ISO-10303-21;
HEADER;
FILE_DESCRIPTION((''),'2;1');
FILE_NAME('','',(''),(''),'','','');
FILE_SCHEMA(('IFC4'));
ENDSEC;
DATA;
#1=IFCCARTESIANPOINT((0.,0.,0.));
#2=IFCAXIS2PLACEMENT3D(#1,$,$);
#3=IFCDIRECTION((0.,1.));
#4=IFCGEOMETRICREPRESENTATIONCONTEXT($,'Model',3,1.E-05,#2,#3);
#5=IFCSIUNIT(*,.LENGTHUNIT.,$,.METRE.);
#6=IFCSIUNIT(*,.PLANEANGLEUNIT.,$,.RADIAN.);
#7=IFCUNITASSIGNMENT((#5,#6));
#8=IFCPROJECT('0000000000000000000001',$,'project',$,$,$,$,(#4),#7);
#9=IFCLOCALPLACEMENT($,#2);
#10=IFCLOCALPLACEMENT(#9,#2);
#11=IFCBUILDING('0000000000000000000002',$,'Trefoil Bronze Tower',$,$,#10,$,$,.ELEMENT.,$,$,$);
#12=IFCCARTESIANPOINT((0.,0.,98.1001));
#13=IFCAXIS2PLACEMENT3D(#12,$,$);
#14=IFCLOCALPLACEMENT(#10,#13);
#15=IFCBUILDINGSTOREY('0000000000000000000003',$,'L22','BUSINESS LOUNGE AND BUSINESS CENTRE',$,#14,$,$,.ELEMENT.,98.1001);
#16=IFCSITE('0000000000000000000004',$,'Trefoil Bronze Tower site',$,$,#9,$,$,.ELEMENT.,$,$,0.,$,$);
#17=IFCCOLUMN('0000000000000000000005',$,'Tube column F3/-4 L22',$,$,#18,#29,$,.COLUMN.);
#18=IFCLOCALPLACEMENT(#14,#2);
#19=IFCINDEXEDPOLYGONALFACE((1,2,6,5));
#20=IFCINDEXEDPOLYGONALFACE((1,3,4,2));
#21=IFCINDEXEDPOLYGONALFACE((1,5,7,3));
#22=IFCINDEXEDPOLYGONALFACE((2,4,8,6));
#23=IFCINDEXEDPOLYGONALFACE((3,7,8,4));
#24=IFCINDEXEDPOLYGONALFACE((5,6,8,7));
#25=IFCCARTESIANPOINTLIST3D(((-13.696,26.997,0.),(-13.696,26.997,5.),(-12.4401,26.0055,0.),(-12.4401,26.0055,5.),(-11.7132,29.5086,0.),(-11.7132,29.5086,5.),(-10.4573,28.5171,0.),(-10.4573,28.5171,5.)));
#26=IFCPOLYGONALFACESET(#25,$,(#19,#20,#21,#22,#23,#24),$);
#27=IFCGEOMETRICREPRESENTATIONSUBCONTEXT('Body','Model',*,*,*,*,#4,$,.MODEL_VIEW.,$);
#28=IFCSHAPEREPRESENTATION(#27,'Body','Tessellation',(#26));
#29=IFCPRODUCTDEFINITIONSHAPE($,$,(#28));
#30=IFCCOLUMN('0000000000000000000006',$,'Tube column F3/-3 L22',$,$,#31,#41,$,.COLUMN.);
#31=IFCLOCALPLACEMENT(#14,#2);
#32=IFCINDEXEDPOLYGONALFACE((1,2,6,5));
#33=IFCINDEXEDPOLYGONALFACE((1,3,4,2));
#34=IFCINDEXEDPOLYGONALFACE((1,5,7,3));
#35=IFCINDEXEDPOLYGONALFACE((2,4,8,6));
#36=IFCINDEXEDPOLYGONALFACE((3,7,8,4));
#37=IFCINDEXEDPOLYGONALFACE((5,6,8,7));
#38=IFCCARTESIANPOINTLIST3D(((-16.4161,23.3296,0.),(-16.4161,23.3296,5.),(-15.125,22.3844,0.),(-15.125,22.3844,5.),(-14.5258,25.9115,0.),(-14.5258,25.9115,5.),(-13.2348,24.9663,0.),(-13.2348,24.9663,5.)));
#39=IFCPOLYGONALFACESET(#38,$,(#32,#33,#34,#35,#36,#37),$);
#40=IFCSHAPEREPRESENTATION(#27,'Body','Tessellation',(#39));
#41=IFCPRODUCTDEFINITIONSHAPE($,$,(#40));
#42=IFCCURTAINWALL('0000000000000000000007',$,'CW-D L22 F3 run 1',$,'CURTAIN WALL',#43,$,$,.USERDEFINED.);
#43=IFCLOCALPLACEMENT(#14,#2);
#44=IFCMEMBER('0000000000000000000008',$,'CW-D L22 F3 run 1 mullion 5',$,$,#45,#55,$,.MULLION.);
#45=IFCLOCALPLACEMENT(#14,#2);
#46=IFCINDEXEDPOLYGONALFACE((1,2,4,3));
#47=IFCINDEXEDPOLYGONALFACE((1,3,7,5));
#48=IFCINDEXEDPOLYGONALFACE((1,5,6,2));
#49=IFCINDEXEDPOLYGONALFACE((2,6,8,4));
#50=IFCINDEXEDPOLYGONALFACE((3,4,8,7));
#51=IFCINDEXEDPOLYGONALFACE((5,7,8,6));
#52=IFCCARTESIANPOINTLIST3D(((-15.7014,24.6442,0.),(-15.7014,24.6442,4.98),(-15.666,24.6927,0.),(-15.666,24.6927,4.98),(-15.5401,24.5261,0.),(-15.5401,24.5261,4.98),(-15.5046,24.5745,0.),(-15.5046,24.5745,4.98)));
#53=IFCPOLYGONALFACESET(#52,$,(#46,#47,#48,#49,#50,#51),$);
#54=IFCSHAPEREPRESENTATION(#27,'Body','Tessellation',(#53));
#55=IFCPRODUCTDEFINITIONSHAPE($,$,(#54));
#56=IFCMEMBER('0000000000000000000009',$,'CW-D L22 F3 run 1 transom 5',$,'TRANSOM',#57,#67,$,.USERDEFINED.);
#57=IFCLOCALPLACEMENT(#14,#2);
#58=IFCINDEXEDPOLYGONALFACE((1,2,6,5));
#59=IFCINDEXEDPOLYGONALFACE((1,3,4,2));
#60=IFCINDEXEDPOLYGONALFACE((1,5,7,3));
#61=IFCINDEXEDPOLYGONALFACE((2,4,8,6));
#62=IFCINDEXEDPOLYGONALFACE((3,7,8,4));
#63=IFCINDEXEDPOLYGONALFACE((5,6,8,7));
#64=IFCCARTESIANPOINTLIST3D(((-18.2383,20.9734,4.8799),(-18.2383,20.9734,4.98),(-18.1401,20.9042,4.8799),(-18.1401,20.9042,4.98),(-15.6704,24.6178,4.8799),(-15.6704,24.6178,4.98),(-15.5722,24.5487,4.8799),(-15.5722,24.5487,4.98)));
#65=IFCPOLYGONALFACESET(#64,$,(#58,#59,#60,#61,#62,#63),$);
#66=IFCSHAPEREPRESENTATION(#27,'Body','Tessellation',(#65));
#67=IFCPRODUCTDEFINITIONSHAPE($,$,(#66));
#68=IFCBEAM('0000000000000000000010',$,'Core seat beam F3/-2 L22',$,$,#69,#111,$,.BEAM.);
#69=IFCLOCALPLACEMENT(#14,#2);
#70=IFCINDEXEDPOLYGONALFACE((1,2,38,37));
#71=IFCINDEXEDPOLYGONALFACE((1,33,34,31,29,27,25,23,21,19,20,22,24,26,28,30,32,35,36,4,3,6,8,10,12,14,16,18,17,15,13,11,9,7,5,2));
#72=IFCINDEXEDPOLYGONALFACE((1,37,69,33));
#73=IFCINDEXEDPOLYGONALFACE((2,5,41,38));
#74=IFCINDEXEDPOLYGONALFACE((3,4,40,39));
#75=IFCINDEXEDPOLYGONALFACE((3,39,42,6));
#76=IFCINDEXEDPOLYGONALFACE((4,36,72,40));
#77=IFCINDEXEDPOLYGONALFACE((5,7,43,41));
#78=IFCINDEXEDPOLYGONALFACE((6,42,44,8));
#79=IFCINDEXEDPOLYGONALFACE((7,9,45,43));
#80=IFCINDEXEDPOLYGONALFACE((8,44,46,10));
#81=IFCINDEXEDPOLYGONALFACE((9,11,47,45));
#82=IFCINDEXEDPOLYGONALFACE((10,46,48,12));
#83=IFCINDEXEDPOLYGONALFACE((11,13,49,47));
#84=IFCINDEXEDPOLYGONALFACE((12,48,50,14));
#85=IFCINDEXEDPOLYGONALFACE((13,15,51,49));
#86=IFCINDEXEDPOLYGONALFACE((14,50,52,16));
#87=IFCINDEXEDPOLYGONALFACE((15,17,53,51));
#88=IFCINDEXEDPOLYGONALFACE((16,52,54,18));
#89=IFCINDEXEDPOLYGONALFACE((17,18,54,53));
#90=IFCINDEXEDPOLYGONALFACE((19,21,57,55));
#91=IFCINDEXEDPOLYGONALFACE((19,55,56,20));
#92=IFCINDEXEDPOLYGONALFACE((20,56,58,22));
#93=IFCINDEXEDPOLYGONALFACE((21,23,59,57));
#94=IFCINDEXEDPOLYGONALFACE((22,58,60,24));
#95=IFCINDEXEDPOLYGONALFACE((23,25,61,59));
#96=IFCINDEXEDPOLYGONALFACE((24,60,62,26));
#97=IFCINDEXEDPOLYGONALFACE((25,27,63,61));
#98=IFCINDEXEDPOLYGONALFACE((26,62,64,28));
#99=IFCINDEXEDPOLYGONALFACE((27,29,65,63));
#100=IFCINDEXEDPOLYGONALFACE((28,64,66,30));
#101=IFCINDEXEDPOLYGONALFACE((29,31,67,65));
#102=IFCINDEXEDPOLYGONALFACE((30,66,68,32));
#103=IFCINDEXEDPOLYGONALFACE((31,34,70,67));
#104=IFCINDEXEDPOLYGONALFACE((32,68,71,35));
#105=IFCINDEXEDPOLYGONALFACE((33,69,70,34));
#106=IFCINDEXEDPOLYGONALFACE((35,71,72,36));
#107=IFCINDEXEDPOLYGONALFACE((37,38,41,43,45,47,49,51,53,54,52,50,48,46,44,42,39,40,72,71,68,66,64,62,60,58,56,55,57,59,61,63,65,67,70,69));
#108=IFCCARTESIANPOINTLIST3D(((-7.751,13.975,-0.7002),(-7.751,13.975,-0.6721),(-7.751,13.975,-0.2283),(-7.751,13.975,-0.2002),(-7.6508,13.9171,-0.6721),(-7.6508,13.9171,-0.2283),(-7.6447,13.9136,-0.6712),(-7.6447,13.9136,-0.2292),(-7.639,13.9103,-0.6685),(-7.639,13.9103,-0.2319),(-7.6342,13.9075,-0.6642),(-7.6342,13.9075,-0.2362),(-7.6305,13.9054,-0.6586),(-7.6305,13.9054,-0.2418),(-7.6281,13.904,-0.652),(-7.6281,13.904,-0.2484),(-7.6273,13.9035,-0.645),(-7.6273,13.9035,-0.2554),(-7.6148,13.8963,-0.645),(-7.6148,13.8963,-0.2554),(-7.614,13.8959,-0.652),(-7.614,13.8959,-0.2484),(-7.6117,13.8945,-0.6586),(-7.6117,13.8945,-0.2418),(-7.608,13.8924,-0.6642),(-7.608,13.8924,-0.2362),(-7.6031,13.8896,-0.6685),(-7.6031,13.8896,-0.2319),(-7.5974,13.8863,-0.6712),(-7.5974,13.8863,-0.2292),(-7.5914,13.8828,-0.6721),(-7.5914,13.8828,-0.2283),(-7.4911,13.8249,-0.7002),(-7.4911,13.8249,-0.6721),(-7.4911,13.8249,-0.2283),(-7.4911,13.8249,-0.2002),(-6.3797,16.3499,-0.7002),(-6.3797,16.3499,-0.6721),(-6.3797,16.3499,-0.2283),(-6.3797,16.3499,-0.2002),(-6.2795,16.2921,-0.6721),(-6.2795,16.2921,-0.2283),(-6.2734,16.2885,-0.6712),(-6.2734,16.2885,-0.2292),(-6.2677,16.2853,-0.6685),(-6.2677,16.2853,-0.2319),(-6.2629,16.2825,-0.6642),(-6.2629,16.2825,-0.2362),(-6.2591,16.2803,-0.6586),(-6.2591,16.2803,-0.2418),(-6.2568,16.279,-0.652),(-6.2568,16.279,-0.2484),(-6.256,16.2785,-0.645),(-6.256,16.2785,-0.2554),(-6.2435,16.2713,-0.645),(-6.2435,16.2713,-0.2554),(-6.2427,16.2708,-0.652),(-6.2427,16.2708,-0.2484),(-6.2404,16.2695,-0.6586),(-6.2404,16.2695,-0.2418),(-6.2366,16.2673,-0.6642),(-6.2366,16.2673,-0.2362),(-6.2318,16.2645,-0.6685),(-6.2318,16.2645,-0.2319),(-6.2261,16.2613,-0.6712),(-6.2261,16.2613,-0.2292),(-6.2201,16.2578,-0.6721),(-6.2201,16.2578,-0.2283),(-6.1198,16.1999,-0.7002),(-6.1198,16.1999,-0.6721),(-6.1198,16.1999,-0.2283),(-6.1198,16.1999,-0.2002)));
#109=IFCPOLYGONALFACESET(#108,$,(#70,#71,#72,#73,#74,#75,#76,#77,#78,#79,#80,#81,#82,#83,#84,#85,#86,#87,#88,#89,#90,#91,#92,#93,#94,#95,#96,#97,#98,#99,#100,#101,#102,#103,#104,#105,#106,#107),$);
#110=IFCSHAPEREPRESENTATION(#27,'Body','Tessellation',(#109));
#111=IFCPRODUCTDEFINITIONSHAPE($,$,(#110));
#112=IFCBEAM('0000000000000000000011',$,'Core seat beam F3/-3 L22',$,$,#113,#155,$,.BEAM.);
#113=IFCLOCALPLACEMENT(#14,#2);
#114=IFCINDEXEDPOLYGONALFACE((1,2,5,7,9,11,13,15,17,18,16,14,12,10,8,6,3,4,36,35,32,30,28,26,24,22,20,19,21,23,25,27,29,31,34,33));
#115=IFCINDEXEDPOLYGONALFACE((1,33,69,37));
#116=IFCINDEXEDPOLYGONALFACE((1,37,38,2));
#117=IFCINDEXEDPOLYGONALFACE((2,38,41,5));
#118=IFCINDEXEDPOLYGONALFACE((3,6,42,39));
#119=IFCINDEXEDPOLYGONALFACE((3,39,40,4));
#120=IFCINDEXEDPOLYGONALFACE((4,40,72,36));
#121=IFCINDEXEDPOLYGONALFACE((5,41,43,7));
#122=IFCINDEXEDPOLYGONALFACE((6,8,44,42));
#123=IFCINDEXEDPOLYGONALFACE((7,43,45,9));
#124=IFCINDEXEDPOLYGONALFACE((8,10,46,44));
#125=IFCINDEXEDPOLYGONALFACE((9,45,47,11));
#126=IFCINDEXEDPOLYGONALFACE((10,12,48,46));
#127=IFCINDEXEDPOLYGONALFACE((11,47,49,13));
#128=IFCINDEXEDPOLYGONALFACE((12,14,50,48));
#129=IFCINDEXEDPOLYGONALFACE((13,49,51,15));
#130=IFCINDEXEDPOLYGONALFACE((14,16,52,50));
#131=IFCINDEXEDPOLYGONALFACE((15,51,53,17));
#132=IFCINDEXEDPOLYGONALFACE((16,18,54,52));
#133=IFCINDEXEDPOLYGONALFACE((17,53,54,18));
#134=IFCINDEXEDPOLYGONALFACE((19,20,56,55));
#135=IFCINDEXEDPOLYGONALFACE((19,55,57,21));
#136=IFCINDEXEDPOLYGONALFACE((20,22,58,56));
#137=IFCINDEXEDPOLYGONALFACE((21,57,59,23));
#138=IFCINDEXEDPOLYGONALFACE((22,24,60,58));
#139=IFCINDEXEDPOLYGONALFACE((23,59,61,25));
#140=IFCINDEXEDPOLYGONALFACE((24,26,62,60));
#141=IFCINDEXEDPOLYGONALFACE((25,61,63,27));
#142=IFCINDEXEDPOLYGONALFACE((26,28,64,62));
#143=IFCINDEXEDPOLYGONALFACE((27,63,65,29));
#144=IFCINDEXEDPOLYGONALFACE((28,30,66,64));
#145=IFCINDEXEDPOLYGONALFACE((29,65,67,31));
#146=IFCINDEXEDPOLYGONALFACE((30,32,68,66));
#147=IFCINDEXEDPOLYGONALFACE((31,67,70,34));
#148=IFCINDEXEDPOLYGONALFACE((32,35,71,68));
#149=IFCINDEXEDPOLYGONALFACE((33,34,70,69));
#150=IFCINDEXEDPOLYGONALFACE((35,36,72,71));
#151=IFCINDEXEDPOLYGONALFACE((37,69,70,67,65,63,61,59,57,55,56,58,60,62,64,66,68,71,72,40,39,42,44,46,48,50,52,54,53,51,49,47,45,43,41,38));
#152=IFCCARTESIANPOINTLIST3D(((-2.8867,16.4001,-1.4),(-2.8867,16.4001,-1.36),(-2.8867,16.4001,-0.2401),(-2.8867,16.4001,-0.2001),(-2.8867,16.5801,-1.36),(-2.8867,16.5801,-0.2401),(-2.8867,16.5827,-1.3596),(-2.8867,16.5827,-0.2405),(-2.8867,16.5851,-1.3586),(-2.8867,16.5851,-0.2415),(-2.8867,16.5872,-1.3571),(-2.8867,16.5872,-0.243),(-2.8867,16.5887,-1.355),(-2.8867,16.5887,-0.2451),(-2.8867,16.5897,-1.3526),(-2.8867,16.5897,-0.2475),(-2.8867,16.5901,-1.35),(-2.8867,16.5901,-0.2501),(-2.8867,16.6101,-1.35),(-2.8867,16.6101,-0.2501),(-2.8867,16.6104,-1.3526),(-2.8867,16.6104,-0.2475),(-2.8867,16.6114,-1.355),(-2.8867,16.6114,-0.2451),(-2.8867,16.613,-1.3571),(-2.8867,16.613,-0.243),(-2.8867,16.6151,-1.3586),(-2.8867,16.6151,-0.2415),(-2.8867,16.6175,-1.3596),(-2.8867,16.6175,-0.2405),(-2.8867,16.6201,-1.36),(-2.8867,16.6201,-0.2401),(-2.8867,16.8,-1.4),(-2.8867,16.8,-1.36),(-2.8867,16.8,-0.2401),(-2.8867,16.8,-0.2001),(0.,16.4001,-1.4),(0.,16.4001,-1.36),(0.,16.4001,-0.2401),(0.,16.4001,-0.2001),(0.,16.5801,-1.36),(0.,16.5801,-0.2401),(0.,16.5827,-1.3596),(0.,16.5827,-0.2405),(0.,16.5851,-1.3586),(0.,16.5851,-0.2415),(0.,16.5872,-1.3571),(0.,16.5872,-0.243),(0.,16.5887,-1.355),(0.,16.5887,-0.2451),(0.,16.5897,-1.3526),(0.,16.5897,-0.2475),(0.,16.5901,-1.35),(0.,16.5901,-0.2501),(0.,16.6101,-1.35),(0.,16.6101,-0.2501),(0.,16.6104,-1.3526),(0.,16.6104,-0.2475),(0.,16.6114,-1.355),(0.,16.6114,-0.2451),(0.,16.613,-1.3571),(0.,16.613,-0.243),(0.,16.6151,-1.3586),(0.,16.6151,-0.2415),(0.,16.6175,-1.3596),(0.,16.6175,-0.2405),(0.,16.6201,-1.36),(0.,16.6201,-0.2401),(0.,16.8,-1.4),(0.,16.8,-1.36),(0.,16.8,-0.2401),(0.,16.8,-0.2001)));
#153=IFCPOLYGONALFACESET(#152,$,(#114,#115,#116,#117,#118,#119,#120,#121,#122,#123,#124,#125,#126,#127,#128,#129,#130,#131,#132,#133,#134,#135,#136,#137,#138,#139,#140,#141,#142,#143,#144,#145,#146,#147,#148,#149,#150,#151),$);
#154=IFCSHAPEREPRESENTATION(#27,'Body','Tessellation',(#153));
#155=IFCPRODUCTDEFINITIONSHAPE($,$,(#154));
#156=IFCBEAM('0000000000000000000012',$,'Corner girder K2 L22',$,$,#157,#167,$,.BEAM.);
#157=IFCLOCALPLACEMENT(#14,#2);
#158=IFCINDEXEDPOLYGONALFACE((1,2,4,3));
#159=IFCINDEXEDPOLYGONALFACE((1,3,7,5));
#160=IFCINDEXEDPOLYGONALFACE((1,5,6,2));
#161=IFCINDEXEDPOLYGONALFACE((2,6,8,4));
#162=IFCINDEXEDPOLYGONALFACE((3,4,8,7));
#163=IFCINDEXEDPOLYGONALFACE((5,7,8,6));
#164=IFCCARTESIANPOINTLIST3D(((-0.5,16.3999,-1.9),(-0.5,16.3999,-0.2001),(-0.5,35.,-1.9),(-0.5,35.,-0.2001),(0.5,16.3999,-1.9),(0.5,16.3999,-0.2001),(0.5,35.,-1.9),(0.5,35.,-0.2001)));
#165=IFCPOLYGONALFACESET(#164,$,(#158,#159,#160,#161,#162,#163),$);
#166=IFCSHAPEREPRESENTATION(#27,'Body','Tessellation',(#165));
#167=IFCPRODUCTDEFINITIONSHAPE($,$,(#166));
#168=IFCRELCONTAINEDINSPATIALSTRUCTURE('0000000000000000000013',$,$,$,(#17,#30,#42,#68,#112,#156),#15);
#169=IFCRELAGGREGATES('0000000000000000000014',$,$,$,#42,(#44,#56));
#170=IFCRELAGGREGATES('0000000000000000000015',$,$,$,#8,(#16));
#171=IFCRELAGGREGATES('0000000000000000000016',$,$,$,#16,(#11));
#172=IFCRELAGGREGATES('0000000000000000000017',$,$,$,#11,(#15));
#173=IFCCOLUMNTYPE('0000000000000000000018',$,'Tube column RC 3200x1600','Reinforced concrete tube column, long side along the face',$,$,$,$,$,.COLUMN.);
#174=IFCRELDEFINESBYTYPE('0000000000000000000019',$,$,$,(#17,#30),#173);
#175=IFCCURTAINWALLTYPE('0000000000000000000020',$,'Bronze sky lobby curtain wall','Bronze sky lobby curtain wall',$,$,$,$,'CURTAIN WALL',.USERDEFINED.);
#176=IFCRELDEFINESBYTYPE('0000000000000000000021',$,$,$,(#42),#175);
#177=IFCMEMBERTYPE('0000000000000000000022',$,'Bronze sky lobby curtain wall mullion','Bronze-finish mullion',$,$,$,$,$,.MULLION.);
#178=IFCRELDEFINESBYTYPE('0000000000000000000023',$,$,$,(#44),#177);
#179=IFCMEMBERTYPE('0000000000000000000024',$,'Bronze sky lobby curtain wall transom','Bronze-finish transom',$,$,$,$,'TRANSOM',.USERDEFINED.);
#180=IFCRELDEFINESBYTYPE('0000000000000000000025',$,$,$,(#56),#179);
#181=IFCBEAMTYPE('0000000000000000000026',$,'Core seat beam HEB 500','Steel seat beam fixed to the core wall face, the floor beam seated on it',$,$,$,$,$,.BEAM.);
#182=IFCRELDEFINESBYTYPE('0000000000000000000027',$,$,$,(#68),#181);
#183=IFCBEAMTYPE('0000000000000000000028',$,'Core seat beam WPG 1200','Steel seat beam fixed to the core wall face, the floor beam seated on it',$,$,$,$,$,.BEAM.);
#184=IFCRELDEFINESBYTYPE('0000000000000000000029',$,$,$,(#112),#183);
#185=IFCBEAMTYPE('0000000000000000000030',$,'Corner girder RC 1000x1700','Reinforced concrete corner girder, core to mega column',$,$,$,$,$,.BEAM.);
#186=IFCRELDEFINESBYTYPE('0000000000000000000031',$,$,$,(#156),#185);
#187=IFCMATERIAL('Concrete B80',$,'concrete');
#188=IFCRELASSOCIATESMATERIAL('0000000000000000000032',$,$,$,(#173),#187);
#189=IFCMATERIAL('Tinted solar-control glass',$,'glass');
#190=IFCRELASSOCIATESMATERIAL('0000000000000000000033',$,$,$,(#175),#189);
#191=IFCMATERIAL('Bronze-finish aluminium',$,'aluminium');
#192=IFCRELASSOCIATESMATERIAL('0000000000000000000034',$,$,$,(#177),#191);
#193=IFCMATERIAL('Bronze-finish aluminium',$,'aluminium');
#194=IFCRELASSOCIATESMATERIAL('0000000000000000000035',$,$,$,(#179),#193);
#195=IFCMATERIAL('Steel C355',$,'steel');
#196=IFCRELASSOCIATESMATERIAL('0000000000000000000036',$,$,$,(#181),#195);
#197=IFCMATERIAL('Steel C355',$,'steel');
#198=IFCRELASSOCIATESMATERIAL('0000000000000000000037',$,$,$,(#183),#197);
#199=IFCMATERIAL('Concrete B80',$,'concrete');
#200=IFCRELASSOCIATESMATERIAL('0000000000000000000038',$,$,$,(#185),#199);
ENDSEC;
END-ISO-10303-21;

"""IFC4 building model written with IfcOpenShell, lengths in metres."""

from ifc_helpers import new_model, si_unit, direction, frame, origin, origin_2d, place, context, subcontext, project, spatial, rectangle, i_section, extrude, material, material_profile, profile_set, type_object, element, aggregate, save


model = new_model("IFC4")

# Units and contexts
model_context = context("Model", 3, precision=1e-05, world=origin(), true_north=direction((0.0, 1.0)))
body_context = subcontext(model_context, "Body", "Model", "MODEL_VIEW")
ifc_project = project(units=[si_unit("LENGTHUNIT", "METRE"), si_unit("PLANEANGLEUNIT", "RADIAN")], contexts=[model_context])

# Site, building, storey
site_placement = place(None, origin())
site = spatial("IfcSite", under=ifc_project, at=site_placement, Name="Trefoil Bronze Tower site", CompositionType="ELEMENT", RefElevation=0.0)
building_placement = place(site_placement, origin())
building = spatial("IfcBuilding", under=site, at=building_placement, Name="Trefoil Bronze Tower", CompositionType="ELEMENT")
storey_placement = place(building_placement, frame((0.0, 0.0, 98.1001)))
storey = spatial("IfcBuildingStorey", under=building, at=storey_placement, Name="L22", Description="BUSINESS LOUNGE AND BUSINESS CENTRE", CompositionType="ELEMENT", Elevation=98.1001)

# Columns
ifc_material_1 = material(Name="Concrete B80", Category="concrete")
ifc_material_profile_1 = material_profile(ifc_material_1, rectangle(XDim=3.2, YDim=1.6001, at=origin_2d()), Name="RC 3200x1600")
ifc_profile_set_1 = profile_set([ifc_material_profile_1], Name="Concrete B80")
column_type = type_object("IfcColumnType", Name="Tube column RC 3200x1600", Description="Reinforced concrete tube column, long side along the face", PredefinedType="COLUMN", material=ifc_profile_set_1)
for number, where, z_axis, x_axis, name in (
    (1, (-12.0767, 27.7571, 0.0), (0.0, 0.0, 1.0), (-0.619649, -0.784879, 0.0), "Tube column F3/-4 L22"),
    (2, (-14.8254, 24.1479, 0.0), (0.0, 0.0, 1.0), (-0.590723, -0.806875, 0.0), "Tube column F3/-3 L22"),
):
    element("IfcColumn", number, at=place(storey_placement, frame(where, z_axis=z_axis, x_axis=x_axis)), inside=storey, type_object=column_type, Name=name, PredefinedType="COLUMN", context=body_context, shape_type="SweptSolid", body=[
        extrude(rectangle(XDim=3.2, YDim=1.6001, at=origin_2d()), origin(), (0.0, 0.0, 1.0), 5.0),
    ])

# Curtain wall, members
ifc_material_2 = material(Name="Tinted solar-control glass", Category="glass")
curtain_wall_type = type_object("IfcCurtainWallType", Name="Bronze sky lobby curtain wall", Description="Bronze sky lobby curtain wall", ElementType="CURTAIN WALL", PredefinedType="USERDEFINED", material=ifc_material_2)
curtain_wall_placement = place(storey_placement, origin())
curtain_wall = element("IfcCurtainWall", 3, at=curtain_wall_placement, inside=storey, type_object=curtain_wall_type, Name="CW-D L22 F3 run 1", ObjectType="CURTAIN WALL", PredefinedType="USERDEFINED")
ifc_material_3 = material(Name="Bronze-finish aluminium", Category="aluminium")
ifc_material_profile_2 = material_profile(ifc_material_3, rectangle(XDim=0.2, YDim=0.0601, at=origin_2d()), Name="CW-D mullion")
ifc_profile_set_2 = profile_set([ifc_material_profile_2], Name="Bronze-finish aluminium")
member_type_1 = type_object("IfcMemberType", Name="Bronze sky lobby curtain wall mullion", Description="Bronze-finish mullion", PredefinedType="MULLION", material=ifc_profile_set_2)
member_1_placement = place(storey_placement, frame((-15.603, 24.6094, 0.0), z_axis=(0.0, 0.0, 1.0), x_axis=(0.806875, -0.590723, 0.0)))
member_1 = element("IfcMember", 4, at=member_1_placement, type_object=member_type_1, Name="CW-D L22 F3 run 1 mullion 5", PredefinedType="MULLION", context=body_context, shape_type="SweptSolid", body=[
    extrude(rectangle(XDim=0.2, YDim=0.0601, at=origin_2d()), origin(), (0.0, 0.0, 1.0), 4.98),
])
ifc_material_4 = material(Name="Bronze-finish aluminium", Category="aluminium")
ifc_material_profile_3 = material_profile(ifc_material_4, rectangle(XDim=0.1201, YDim=0.1001, at=origin_2d()), Name="CW-D transom")
ifc_profile_set_3 = profile_set([ifc_material_profile_3], Name="Bronze-finish aluminium")
member_type_2 = type_object("IfcMemberType", Name="Bronze sky lobby curtain wall transom", Description="Bronze-finish transom", ElementType="TRANSOM", PredefinedType="USERDEFINED", material=ifc_profile_set_3)
member_2_placement = place(storey_placement, frame((-15.6213, 24.5833, 4.9299), z_axis=(-0.575973, -0.817468, 0.0), x_axis=(0.817468, -0.575973, 0.0)))
member_2 = element("IfcMember", 5, at=member_2_placement, type_object=member_type_2, Name="CW-D L22 F3 run 1 transom 5", ObjectType="TRANSOM", PredefinedType="USERDEFINED", context=body_context, shape_type="SweptSolid", body=[
    extrude(rectangle(XDim=0.1201, YDim=0.1001, at=origin_2d()), origin(), (0.0, 0.0, 1.0), 4.4583),
])

# Beams
ifc_material_5 = material(Name="Steel C355", Category="steel")
ifc_material_profile_4 = material_profile(ifc_material_5, i_section(OverallWidth=0.3, OverallDepth=0.5, WebThickness=0.0144, FlangeThickness=0.0281, FilletRadius=0.0271, at=origin_2d()), Name="HEB 500")
ifc_profile_set_4 = profile_set([ifc_material_profile_4], Name="Steel C355")
beam_type_1 = type_object("IfcBeamType", Name="Core seat beam HEB 500", Description="Steel seat beam fixed to the core wall face, the floor beam seated on it", PredefinedType="BEAM", material=ifc_profile_set_4)
beam_1_placement = place(storey_placement, frame((-6.2498, 16.2749, -0.4502), z_axis=(-0.500036, -0.866005, 0.0), x_axis=(0.866005, -0.500036, 0.0)))
element("IfcBeam", 6, at=beam_1_placement, inside=storey, type_object=beam_type_1, Name="Core seat beam F3/-2 L22", PredefinedType="BEAM", context=body_context, shape_type="SweptSolid", body=[
    extrude(i_section(OverallWidth=0.3, OverallDepth=0.5, WebThickness=0.0144, FlangeThickness=0.0281, FilletRadius=0.0271, at=origin_2d()), origin(), (0.0, 0.0, 1.0), 2.7424),
])
ifc_material_6 = material(Name="Steel C355", Category="steel")
ifc_material_profile_5 = material_profile(ifc_material_6, i_section(OverallWidth=0.3999, OverallDepth=1.2, WebThickness=0.02, FlangeThickness=0.04, FilletRadius=0.01, at=origin_2d()), Name="WPG 1200")
ifc_profile_set_5 = profile_set([ifc_material_profile_5], Name="Steel C355")
beam_type_2 = type_object("IfcBeamType", Name="Core seat beam WPG 1200", Description="Steel seat beam fixed to the core wall face, the floor beam seated on it", PredefinedType="BEAM", material=ifc_profile_set_5)
beam_2_placement = place(storey_placement, frame((0.0, 16.6001, -0.8), z_axis=(-1.0, 0.0, 0.0), x_axis=(0.0, -1.0, 0.0)))
element("IfcBeam", 7, at=beam_2_placement, inside=storey, type_object=beam_type_2, Name="Core seat beam F3/-3 L22", PredefinedType="BEAM", context=body_context, shape_type="SweptSolid", body=[
    extrude(i_section(OverallWidth=0.3999, OverallDepth=1.2, WebThickness=0.02, FlangeThickness=0.04, FilletRadius=0.01, at=origin_2d()), origin(), (0.0, 0.0, 1.0), 2.8867),
])
ifc_material_7 = material(Name="Concrete B80", Category="concrete")
ifc_material_profile_6 = material_profile(ifc_material_7, rectangle(XDim=1.0, YDim=1.7, at=origin_2d()), Name="RC 1000x1700")
ifc_profile_set_6 = profile_set([ifc_material_profile_6], Name="Concrete B80")
beam_type_3 = type_object("IfcBeamType", Name="Corner girder RC 1000x1700", Description="Reinforced concrete corner girder, core to mega column", PredefinedType="BEAM", material=ifc_profile_set_6)
beam_3_placement = place(storey_placement, frame((0.0, 16.3999, -1.05), z_axis=(0.0, 1.0, 0.0), x_axis=(-1.0, 0.0, 0.0)))
element("IfcBeam", 8, at=beam_3_placement, inside=storey, type_object=beam_type_3, Name="Corner girder K2 L22", PredefinedType="BEAM", context=body_context, shape_type="SweptSolid", body=[
    extrude(rectangle(XDim=1.0, YDim=1.7, at=origin_2d()), origin(), (0.0, 0.0, 1.0), 18.6001),
])

aggregate(curtain_wall, [member_1, member_2])

save(model, "model.ifc")
